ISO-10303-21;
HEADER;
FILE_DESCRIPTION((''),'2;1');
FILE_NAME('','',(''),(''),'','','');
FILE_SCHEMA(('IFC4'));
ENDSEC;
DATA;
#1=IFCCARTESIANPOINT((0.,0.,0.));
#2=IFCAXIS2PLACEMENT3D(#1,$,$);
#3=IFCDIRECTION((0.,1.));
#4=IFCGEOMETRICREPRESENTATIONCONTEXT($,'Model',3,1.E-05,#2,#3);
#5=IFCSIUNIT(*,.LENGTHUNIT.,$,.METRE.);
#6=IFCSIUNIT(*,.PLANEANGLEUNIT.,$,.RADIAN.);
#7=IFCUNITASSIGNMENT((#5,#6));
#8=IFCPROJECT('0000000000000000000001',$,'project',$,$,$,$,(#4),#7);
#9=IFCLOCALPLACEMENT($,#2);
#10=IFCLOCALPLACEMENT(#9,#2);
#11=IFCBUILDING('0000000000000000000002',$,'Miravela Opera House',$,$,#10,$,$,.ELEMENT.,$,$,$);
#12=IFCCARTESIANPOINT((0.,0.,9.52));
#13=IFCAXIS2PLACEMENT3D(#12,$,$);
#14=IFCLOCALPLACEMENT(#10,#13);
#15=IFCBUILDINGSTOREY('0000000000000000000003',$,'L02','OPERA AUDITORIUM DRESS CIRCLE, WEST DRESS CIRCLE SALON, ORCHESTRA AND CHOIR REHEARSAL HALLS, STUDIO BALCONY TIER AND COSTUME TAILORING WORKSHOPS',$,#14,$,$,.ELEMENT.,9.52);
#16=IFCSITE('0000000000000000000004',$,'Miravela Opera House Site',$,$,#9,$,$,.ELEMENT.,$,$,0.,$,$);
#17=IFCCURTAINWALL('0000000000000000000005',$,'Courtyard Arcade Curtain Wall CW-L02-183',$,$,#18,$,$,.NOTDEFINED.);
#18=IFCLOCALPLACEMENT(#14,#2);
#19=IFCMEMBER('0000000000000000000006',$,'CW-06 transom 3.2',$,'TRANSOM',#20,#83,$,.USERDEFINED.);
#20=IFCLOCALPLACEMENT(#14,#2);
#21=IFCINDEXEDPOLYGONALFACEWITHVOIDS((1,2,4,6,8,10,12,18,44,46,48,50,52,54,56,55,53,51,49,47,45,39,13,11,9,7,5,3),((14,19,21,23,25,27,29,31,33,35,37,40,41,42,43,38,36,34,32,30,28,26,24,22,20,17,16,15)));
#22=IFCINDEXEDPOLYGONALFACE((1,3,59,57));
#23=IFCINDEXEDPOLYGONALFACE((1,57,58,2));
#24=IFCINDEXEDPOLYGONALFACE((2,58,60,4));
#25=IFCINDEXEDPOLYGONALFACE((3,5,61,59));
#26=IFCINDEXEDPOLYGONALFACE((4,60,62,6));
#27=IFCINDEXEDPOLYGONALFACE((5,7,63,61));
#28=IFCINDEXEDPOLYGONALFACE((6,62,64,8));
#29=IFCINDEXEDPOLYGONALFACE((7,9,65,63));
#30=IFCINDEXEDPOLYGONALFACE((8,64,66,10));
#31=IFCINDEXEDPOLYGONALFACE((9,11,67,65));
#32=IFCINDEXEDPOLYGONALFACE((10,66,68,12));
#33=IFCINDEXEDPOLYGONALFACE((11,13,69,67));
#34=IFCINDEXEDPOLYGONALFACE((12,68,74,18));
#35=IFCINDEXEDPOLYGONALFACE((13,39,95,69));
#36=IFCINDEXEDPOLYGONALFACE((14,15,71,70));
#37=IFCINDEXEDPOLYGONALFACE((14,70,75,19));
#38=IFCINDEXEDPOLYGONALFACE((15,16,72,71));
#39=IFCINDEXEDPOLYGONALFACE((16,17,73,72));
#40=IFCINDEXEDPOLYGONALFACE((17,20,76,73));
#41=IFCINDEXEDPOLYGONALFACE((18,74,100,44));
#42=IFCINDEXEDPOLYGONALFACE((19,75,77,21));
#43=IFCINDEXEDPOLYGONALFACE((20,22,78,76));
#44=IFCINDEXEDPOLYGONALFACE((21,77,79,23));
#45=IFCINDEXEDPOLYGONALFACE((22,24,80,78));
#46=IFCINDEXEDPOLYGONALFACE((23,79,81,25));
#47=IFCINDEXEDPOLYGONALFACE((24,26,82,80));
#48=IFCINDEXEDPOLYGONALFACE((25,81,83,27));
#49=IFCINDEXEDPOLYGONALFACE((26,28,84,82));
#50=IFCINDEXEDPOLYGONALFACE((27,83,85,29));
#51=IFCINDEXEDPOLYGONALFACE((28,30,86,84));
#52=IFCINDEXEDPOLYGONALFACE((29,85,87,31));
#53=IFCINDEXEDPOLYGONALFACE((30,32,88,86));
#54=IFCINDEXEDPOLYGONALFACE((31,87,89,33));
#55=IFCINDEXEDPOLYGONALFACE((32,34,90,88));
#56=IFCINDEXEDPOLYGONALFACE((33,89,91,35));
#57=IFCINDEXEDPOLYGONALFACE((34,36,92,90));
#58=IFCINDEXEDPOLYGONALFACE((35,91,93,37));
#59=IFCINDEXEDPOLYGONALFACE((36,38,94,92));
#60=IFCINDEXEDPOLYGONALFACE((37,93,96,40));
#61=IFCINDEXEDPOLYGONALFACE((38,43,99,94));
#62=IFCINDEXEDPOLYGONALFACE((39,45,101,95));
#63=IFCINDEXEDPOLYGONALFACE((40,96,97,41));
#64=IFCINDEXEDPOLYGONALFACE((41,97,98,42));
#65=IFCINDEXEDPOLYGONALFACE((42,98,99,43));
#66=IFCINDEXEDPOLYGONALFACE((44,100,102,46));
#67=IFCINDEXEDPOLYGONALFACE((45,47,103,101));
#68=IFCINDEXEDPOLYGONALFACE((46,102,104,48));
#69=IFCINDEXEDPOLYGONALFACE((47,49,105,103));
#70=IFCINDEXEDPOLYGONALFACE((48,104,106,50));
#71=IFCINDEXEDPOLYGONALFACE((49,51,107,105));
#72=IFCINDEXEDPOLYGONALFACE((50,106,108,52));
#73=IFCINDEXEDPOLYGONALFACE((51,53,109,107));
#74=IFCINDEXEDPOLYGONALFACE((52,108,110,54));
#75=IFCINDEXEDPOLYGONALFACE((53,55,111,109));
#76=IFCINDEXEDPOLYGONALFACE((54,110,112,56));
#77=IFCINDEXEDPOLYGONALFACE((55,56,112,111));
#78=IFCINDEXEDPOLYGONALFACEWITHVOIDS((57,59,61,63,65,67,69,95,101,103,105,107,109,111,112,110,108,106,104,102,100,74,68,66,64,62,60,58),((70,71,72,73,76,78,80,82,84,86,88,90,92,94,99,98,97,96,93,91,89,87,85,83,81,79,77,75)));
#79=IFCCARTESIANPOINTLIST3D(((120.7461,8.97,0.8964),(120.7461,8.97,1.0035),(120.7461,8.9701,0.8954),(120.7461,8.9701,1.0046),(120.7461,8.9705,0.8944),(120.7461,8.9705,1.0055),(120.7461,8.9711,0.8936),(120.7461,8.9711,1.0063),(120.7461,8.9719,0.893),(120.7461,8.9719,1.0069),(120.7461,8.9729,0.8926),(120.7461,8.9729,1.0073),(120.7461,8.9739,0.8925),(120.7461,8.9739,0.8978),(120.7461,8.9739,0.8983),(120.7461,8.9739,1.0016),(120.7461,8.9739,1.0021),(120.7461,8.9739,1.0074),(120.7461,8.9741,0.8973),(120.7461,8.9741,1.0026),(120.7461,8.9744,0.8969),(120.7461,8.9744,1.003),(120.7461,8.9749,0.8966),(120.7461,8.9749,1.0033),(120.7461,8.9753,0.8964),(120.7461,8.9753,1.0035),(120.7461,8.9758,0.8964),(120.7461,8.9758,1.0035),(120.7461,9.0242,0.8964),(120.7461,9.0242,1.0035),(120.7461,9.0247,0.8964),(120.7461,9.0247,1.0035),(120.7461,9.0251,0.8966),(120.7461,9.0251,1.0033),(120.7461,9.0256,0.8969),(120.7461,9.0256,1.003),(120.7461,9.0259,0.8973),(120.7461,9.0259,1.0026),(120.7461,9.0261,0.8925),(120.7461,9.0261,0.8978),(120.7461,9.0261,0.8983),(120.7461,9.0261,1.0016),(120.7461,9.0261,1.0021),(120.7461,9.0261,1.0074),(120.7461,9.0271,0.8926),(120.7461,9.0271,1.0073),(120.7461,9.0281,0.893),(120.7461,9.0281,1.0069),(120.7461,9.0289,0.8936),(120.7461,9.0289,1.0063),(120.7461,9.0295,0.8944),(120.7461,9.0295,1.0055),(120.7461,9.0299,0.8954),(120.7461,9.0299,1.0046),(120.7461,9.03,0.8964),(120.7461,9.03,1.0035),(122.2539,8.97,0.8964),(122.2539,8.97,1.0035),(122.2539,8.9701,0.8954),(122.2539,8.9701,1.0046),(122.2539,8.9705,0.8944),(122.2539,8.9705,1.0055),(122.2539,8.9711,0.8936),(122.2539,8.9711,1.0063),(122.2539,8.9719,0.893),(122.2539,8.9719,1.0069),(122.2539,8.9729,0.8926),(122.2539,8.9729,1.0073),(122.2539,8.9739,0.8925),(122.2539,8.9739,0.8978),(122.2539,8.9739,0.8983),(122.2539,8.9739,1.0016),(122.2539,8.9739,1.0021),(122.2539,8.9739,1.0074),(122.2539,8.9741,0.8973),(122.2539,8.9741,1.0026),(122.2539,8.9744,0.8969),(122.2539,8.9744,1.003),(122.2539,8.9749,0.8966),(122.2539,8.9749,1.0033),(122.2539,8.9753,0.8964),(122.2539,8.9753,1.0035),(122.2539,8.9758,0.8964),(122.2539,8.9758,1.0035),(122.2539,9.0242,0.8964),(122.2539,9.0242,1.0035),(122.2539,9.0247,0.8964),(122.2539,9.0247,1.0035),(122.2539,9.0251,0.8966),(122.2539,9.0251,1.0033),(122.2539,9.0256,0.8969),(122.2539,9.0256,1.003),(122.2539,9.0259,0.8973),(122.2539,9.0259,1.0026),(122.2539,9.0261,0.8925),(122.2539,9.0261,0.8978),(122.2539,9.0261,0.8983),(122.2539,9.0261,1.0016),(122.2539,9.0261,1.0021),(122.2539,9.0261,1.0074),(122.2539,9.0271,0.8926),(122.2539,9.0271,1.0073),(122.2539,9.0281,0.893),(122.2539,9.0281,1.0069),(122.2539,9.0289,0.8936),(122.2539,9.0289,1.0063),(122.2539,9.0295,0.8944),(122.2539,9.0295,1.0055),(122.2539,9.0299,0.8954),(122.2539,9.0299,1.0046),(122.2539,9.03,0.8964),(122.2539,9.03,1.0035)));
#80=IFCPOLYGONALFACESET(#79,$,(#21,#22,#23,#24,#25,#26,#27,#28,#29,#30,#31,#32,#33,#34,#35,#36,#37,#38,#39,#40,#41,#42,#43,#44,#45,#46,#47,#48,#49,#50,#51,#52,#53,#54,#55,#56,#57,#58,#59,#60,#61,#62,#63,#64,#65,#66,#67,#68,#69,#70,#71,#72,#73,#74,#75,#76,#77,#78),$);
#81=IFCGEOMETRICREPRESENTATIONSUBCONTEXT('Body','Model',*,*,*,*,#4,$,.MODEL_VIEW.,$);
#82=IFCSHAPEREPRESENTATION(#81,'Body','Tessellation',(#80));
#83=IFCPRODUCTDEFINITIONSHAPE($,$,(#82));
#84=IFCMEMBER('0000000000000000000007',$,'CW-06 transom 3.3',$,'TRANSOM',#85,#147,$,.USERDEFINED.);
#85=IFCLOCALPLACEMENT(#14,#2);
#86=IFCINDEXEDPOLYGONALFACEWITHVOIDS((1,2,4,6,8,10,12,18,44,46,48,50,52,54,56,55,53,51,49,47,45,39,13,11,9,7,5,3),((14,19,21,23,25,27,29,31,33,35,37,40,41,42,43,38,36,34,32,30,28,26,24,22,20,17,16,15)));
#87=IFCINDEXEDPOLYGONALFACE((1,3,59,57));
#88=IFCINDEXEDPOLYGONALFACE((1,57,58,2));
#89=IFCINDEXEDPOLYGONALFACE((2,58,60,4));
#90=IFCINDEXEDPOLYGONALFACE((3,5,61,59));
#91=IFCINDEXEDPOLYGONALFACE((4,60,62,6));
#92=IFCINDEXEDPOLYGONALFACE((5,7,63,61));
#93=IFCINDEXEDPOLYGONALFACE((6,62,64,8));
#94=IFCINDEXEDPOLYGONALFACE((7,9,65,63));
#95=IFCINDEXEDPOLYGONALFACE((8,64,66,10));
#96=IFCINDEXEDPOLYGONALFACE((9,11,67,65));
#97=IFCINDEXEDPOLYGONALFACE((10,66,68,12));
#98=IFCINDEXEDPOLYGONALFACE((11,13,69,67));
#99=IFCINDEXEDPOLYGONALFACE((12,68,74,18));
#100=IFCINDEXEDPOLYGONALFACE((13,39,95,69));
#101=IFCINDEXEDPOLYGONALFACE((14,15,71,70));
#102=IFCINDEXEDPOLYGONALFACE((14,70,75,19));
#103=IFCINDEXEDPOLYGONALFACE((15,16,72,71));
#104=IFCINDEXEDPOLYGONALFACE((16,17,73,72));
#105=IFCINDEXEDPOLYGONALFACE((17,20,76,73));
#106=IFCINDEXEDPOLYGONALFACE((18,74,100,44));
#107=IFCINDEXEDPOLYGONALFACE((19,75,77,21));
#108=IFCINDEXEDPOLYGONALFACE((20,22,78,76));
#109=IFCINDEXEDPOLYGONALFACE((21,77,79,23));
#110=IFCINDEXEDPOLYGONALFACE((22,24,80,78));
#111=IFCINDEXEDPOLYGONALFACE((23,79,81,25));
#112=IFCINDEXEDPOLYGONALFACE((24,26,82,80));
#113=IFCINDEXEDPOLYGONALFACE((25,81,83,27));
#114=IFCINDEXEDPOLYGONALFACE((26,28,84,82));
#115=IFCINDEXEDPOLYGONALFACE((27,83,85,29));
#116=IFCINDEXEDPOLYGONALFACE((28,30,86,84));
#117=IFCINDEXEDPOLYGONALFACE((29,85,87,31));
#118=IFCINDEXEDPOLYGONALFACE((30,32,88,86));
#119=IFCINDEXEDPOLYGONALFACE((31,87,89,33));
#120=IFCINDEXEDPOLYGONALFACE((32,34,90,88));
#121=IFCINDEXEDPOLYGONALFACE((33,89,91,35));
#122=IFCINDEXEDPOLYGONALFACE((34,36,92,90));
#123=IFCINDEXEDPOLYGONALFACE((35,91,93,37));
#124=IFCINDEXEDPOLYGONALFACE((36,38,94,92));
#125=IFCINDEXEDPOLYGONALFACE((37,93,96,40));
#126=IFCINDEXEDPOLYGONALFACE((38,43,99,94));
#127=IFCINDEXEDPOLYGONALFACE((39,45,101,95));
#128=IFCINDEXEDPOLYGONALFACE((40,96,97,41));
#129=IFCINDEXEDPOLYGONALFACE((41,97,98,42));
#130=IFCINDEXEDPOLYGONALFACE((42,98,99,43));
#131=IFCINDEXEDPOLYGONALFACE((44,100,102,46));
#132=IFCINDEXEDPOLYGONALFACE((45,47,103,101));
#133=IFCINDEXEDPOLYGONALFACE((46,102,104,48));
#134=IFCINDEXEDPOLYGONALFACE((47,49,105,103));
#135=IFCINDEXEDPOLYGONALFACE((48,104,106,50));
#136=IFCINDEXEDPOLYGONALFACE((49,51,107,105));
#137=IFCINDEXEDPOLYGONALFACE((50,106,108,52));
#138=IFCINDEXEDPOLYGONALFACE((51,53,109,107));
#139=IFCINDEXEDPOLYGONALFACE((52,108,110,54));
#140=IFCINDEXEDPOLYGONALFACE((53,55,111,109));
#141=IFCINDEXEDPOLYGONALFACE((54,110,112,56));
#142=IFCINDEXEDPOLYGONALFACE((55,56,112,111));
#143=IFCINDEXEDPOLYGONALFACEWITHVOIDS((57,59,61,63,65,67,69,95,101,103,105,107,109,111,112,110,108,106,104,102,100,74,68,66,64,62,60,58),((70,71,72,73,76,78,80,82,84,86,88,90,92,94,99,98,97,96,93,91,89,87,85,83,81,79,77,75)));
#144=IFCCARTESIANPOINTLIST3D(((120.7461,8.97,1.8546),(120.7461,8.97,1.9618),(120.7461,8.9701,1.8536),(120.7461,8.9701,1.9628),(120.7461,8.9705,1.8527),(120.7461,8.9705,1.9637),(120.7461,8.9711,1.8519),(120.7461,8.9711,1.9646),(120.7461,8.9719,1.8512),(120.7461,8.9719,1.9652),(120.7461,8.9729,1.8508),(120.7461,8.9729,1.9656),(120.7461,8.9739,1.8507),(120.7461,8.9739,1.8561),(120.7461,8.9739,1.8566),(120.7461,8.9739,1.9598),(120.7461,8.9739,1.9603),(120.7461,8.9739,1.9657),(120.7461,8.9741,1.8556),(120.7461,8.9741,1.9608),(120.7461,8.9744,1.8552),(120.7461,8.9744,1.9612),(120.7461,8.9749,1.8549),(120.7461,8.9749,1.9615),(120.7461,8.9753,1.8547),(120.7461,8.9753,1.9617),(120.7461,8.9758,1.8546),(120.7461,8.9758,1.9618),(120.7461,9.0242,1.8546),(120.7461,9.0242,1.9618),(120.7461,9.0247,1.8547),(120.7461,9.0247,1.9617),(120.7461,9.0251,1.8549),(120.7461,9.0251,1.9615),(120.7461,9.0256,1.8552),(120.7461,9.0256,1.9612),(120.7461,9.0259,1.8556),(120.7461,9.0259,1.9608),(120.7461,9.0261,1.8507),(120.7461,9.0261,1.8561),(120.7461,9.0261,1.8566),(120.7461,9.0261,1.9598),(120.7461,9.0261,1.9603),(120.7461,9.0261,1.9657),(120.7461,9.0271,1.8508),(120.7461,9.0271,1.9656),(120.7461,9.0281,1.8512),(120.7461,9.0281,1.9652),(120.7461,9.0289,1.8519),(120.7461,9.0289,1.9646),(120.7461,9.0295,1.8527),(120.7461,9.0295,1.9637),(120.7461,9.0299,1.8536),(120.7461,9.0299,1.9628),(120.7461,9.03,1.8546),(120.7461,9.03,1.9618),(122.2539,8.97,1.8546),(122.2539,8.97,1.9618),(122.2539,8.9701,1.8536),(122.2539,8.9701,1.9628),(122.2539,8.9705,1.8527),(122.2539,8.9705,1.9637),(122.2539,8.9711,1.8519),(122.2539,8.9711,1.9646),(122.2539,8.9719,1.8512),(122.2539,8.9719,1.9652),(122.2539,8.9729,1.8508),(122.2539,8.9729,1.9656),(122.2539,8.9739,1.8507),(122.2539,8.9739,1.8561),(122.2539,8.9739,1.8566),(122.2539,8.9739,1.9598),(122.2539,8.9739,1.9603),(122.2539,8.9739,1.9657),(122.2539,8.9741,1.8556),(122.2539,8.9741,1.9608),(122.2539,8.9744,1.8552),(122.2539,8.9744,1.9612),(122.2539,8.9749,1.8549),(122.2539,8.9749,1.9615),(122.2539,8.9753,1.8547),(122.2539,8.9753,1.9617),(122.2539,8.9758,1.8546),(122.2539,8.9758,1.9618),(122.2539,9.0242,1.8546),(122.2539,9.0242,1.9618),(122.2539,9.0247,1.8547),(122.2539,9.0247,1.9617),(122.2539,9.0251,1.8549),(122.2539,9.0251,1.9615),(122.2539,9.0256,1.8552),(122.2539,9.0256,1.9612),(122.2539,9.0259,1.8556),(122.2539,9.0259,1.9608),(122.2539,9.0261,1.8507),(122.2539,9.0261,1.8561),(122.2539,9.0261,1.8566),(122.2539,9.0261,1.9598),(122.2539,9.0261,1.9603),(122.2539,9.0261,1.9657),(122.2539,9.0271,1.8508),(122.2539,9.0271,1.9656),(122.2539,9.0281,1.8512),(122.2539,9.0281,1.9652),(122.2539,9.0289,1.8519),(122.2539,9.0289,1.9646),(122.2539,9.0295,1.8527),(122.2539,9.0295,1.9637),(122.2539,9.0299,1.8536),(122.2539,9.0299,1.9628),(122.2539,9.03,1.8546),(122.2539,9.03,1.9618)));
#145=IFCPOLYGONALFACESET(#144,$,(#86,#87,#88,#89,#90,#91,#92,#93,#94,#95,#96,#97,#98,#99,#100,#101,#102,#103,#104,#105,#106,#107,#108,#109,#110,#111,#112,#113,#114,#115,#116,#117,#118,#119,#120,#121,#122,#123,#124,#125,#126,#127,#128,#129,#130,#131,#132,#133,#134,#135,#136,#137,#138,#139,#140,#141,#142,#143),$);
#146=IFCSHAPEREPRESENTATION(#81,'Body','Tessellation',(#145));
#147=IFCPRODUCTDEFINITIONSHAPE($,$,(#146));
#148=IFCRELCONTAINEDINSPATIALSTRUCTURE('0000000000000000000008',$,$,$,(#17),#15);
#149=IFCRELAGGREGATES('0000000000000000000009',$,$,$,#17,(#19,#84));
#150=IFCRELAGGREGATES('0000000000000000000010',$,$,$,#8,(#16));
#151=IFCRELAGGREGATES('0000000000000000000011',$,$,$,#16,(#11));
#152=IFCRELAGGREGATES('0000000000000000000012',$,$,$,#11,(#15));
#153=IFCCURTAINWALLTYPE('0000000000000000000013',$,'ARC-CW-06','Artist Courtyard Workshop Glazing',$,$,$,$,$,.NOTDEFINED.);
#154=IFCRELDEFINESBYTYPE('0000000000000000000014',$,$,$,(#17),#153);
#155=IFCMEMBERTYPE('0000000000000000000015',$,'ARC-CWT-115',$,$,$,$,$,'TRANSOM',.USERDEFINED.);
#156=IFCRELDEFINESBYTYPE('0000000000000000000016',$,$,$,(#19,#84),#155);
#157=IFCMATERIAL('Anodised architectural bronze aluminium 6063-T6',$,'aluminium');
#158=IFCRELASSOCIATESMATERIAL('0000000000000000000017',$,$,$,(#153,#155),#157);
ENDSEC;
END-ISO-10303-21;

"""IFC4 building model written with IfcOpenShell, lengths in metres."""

from ifc_helpers import new_model, si_unit, direction, frame, origin, origin_2d, place, context, subcontext, project, spatial, hollow_rectangle, extrude, material, material_profile, profile_set, type_object, element, aggregate, save


model = new_model("IFC4")

# Units and contexts
model_context = context("Model", 3, precision=1e-05, world=origin(), true_north=direction((0.0, 1.0)))
body_context = subcontext(model_context, "Body", "Model", "MODEL_VIEW")
ifc_project = project(units=[si_unit("LENGTHUNIT", "METRE"), si_unit("PLANEANGLEUNIT", "RADIAN")], contexts=[model_context])

# Site, building, storey
site_placement = place(None, origin())
site = spatial("IfcSite", under=ifc_project, at=site_placement, Name="Miravela Opera House Site", CompositionType="ELEMENT", RefElevation=0.0)
building_placement = place(site_placement, origin())
building = spatial("IfcBuilding", under=site, at=building_placement, Name="Miravela Opera House", CompositionType="ELEMENT")
storey_placement = place(building_placement, frame((0.0, 0.0, 9.52)))
storey = spatial("IfcBuildingStorey", under=building, at=storey_placement, Name="L02", Description="OPERA AUDITORIUM DRESS CIRCLE, WEST DRESS CIRCLE SALON, ORCHESTRA AND CHOIR REHEARSAL HALLS, STUDIO BALCONY TIER AND COSTUME TAILORING WORKSHOPS", CompositionType="ELEMENT", Elevation=9.52)

# Curtain wall, members
ifc_material_1 = material(Name="Anodised architectural bronze aluminium 6063-T6", Category="aluminium")
curtain_wall_type = type_object("IfcCurtainWallType", Name="ARC-CW-06", Description="Artist Courtyard Workshop Glazing", PredefinedType="NOTDEFINED", material=ifc_material_1)
curtain_wall_placement = place(storey_placement, origin())
curtain_wall = element("IfcCurtainWall", 1, at=curtain_wall_placement, inside=storey, type_object=curtain_wall_type, Name="Courtyard Arcade Curtain Wall CW-L02-183", PredefinedType="NOTDEFINED")
ifc_material_profile_1 = material_profile(ifc_material_1, hollow_rectangle(XDim=0.0601, YDim=0.115, WallThickness=0.0039, InnerFilletRadius=0.002, OuterFilletRadius=0.0039, at=origin_2d()), Name="CWT-60X115")
ifc_profile_set_1 = profile_set([ifc_material_profile_1])
member_type_1 = type_object("IfcMemberType", Name="ARC-CWT-115", ElementType="TRANSOM", PredefinedType="USERDEFINED", material=ifc_profile_set_1)
member_1_placement = place(storey_placement, frame((120.7461, 9.0, 0.95), z_axis=(1.0, 0.0, 0.0), x_axis=(0.0, 1.0, 0.0)))
member_1 = element("IfcMember", 2, at=member_1_placement, type_object=member_type_1, Name="CW-06 transom 3.2", ObjectType="TRANSOM", PredefinedType="USERDEFINED", context=body_context, shape_type="SweptSolid", body=[
    extrude(hollow_rectangle(XDim=0.0601, YDim=0.115, WallThickness=0.0039, InnerFilletRadius=0.002, OuterFilletRadius=0.0039, at=origin_2d()), origin(), (0.0, 0.0, 1.0), 1.5078),
])
member_2_placement = place(storey_placement, frame((120.7461, 9.0, 1.9082), z_axis=(1.0, 0.0, 0.0), x_axis=(0.0, 1.0, 0.0)))
member_2 = element("IfcMember", 3, at=member_2_placement, type_object=member_type_1, Name="CW-06 transom 3.3", ObjectType="TRANSOM", PredefinedType="USERDEFINED", context=body_context, shape_type="SweptSolid", body=[
    extrude(hollow_rectangle(XDim=0.0601, YDim=0.115, WallThickness=0.0039, InnerFilletRadius=0.002, OuterFilletRadius=0.0039, at=origin_2d()), origin(), (0.0, 0.0, 1.0), 1.5078),
])

aggregate(curtain_wall, [member_1, member_2])

save(model, "model.ifc")
